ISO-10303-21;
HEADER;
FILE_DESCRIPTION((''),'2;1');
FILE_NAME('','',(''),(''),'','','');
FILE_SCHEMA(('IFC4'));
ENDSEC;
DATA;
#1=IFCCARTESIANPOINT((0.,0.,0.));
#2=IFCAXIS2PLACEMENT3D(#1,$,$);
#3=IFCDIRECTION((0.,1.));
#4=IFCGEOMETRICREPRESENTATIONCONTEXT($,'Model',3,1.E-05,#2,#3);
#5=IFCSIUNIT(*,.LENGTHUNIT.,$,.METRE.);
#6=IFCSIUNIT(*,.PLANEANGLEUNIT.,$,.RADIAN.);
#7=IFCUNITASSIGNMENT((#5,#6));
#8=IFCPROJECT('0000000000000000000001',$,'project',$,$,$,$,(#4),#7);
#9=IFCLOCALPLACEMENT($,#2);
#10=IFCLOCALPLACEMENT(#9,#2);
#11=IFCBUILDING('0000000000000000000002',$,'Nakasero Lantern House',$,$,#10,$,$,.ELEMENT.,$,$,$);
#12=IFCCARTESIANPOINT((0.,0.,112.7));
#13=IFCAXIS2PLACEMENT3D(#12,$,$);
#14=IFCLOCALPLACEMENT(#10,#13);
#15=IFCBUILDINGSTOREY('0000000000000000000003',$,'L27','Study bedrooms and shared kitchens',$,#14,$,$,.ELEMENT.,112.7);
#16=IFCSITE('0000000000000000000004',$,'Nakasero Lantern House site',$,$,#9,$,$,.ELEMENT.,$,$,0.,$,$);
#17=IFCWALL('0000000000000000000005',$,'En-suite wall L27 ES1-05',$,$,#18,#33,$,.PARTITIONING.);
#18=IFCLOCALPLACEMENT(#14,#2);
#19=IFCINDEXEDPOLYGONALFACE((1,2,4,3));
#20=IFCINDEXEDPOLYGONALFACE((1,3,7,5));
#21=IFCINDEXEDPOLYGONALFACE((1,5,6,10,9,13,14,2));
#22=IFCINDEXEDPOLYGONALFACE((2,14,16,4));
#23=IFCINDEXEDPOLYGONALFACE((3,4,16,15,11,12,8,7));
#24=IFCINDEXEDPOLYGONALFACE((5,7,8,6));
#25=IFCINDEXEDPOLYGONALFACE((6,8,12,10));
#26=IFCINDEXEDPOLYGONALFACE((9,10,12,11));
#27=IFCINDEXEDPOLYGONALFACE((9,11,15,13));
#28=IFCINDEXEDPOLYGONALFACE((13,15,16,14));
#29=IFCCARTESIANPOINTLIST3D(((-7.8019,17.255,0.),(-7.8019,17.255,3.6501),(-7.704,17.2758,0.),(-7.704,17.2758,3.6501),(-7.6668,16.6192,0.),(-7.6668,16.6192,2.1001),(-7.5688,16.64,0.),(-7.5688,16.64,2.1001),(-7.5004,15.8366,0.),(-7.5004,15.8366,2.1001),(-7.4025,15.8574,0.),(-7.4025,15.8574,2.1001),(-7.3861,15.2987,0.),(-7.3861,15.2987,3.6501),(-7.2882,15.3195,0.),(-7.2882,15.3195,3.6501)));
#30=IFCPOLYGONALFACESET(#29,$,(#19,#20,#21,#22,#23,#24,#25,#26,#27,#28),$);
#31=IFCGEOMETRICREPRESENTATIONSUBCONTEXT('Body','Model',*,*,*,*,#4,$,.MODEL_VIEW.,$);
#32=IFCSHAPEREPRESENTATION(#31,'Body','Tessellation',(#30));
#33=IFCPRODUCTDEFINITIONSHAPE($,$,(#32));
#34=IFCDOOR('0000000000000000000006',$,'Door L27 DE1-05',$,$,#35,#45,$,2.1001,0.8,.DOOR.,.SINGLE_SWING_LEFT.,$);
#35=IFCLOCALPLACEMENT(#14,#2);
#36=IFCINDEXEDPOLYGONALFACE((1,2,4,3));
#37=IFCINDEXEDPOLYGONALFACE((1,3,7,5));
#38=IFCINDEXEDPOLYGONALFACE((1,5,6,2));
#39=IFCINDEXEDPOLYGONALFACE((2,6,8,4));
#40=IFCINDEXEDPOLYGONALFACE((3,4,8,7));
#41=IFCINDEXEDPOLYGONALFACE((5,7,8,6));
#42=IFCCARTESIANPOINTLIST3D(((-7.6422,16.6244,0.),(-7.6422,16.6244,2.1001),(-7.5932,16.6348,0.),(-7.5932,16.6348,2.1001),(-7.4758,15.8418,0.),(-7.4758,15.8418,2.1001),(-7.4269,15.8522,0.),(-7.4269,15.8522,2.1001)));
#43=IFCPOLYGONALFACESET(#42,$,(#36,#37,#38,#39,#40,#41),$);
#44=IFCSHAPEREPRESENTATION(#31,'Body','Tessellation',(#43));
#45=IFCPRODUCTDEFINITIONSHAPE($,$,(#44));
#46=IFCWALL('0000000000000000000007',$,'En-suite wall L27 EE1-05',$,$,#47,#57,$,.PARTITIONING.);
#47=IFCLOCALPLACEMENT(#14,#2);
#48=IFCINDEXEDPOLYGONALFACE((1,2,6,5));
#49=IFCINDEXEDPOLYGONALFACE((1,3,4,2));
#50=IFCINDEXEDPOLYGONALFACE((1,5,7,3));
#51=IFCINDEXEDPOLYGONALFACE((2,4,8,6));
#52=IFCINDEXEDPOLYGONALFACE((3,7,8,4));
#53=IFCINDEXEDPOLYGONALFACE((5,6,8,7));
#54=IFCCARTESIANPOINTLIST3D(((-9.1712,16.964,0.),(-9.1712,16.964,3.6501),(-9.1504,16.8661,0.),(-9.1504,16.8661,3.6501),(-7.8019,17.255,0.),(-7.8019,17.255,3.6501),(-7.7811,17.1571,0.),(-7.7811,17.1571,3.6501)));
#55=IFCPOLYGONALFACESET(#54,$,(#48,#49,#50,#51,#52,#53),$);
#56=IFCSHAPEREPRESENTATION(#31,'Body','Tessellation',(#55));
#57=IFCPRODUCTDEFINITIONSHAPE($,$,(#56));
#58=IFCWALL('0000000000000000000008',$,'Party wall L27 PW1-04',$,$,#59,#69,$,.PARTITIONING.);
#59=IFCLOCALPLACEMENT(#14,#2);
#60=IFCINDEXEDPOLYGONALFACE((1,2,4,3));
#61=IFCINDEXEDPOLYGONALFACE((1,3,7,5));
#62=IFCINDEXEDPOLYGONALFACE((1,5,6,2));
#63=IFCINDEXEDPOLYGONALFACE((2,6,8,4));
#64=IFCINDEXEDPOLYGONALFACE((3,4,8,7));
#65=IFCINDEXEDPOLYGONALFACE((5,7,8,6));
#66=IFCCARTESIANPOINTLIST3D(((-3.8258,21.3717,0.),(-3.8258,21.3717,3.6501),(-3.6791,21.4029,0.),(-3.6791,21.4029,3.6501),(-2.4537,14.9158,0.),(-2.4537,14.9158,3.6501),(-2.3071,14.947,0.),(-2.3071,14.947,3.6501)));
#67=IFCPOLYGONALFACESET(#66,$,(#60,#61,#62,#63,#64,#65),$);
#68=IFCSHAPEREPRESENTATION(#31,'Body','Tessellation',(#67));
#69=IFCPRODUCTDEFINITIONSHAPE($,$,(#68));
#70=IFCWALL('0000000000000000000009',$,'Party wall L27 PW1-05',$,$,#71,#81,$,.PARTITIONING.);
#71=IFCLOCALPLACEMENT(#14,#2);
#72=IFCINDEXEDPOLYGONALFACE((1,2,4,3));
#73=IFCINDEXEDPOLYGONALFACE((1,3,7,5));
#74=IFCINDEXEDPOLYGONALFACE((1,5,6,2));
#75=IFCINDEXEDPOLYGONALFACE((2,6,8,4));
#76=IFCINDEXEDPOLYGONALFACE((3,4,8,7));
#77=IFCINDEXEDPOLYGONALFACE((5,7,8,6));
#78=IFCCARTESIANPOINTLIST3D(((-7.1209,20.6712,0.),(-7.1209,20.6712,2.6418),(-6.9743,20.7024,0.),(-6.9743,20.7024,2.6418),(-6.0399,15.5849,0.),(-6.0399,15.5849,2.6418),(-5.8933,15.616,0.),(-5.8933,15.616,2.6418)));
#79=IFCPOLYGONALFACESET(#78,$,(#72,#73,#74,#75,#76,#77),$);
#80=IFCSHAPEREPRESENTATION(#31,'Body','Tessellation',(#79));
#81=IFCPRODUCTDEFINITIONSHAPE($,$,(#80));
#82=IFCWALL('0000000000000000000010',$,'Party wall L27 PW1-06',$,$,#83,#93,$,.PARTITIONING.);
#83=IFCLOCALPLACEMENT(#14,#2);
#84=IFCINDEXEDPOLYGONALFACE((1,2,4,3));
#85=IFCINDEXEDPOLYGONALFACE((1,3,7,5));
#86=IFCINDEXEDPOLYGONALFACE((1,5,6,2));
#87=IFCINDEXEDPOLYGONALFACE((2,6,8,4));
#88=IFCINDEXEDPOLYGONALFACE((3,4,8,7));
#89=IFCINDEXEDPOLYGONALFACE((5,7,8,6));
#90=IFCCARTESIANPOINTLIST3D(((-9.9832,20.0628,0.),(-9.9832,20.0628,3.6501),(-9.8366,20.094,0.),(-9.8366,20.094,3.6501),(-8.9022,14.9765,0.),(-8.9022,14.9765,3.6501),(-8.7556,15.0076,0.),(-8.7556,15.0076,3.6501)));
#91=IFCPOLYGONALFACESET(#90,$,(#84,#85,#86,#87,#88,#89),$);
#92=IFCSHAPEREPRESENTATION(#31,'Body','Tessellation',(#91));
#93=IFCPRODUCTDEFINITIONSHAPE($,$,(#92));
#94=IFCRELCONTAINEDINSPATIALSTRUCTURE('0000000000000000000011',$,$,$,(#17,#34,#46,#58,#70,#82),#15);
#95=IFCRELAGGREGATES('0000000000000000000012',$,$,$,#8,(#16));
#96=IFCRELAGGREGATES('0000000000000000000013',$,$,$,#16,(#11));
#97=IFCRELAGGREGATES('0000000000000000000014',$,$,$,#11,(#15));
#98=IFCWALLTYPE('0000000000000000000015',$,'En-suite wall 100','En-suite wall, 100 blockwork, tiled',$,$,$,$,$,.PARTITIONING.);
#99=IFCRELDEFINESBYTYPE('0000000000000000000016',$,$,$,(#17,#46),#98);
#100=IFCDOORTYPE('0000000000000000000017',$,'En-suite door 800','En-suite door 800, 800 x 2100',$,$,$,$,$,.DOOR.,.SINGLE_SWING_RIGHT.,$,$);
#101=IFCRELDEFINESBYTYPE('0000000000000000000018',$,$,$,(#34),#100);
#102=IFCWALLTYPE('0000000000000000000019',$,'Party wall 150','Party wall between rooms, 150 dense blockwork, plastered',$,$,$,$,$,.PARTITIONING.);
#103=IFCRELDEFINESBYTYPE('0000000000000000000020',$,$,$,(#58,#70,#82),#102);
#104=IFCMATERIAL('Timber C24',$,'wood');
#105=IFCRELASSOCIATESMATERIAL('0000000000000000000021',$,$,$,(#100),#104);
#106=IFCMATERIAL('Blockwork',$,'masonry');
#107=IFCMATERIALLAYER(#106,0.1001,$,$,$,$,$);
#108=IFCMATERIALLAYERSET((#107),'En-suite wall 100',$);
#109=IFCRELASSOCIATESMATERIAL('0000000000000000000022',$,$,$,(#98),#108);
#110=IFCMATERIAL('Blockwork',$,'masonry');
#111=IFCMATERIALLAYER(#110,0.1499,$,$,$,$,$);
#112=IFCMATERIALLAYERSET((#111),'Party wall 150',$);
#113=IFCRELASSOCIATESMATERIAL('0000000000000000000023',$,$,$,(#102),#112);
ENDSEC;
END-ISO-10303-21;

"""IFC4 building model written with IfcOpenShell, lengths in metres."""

from ifc_helpers import new_model, si_unit, direction, frame, frame_2d, origin, place, context, subcontext, project, spatial, rectangle, extrude, material, layer, layer_set, type_object, element, fill, save


model = new_model("IFC4")

# Units and contexts
model_context = context("Model", 3, precision=1e-05, world=origin(), true_north=direction((0.0, 1.0)))
body_context = subcontext(model_context, "Body", "Model", "MODEL_VIEW")
ifc_project = project(units=[si_unit("LENGTHUNIT", "METRE"), si_unit("PLANEANGLEUNIT", "RADIAN")], contexts=[model_context])

# Site, building, storey
site_placement = place(None, origin())
site = spatial("IfcSite", under=ifc_project, at=site_placement, Name="Nakasero Lantern House site", CompositionType="ELEMENT", RefElevation=0.0)
building_placement = place(site_placement, origin())
building = spatial("IfcBuilding", under=site, at=building_placement, Name="Nakasero Lantern House", CompositionType="ELEMENT")
storey_placement = place(building_placement, frame((0.0, 0.0, 112.7)))
storey = spatial("IfcBuildingStorey", under=building, at=storey_placement, Name="L27", Description="Study bedrooms and shared kitchens", CompositionType="ELEMENT", Elevation=112.7)

# Shared definitions
ifc_material_1 = material(Name="Timber C24", Category="wood")
door_type_1 = type_object("IfcDoorType", Name="En-suite door 800", Description="En-suite door 800, 800 x 2100", OperationType="SINGLE_SWING_RIGHT", PredefinedType="DOOR", material=ifc_material_1)

# Shared definitions
ifc_material_2 = material(Name="Blockwork", Category="masonry")
ifc_layer_1 = layer(ifc_material_2, 0.1001)
ifc_layer_set_1 = layer_set([ifc_layer_1], Name="En-suite wall 100")
wall_type_1 = type_object("IfcWallType", Name="En-suite wall 100", Description="En-suite wall, 100 blockwork, tiled", PredefinedType="PARTITIONING", material=ifc_layer_set_1)

# Wall, opening, door
wall_1_placement = place(storey_placement, frame((-7.3372, 15.3091, 0.0), z_axis=(0.0, 0.0, 1.0), x_axis=(-0.207886, 0.978153, 0.0)))
wall_1 = element("IfcWall", 1, at=wall_1_placement, inside=storey, type_object=wall_type_1, Name="En-suite wall L27 ES1-05", PredefinedType="PARTITIONING", context=body_context, shape_type="SweptSolid", body=[
    extrude(rectangle(XDim=2.0, YDim=0.1001, at=frame_2d((1.0, 0.0))), origin(), (0.0, 0.0, 1.0), 3.6501),
])
opening_1_placement = place(wall_1_placement, frame((0.55, 0.0, 0.0)))
opening_1 = element("IfcOpeningElement", 2, at=opening_1_placement, cuts=wall_1, PredefinedType="OPENING", context=body_context, shape_type="SweptSolid", body=[
    extrude(rectangle(XDim=0.8, YDim=2.1001, at=frame_2d((0.3999, 1.05))), frame((0.0, 0.0701, 0.0), z_axis=(0.0, -1.0, 0.0), x_axis=(1.0, 0.0, 0.0)), (0.0, 0.0, 1.0), 0.1401),
])
door_1_placement = place(opening_1_placement, origin())
door_1 = element("IfcDoor", 3, at=door_1_placement, inside=storey, type_object=door_type_1, Name="Door L27 DE1-05", OperationType="SINGLE_SWING_LEFT", OverallHeight=2.1001, OverallWidth=0.8, PredefinedType="DOOR", context=body_context, shape_type="SweptSolid", body=[
    extrude(rectangle(XDim=0.8, YDim=2.1001, at=frame_2d((0.3999, 1.05))), frame((0.0, 0.0249, 0.0), z_axis=(0.0, -1.0, 0.0), x_axis=(1.0, 0.0, 0.0)), (0.0, 0.0, 1.0), 0.05),
])
fill(opening_1, door_1)

# Walls
wall_2_placement = place(storey_placement, frame((-7.7915, 17.2061, 0.0), z_axis=(0.0, 0.0, 1.0), x_axis=(-0.978156, -0.207873, 0.0)))
element("IfcWall", 4, at=wall_2_placement, inside=storey, type_object=wall_type_1, Name="En-suite wall L27 EE1-05", PredefinedType="PARTITIONING", context=body_context, shape_type="SweptSolid", body=[
    extrude(rectangle(XDim=1.3999, YDim=0.1001, at=frame_2d((0.7, 0.0))), origin(), (0.0, 0.0, 1.0), 3.6501),
])
ifc_material_3 = material(Name="Blockwork", Category="masonry")
ifc_layer_2 = layer(ifc_material_3, 0.1499)
ifc_layer_set_2 = layer_set([ifc_layer_2], Name="Party wall 150")
wall_type_2 = type_object("IfcWallType", Name="Party wall 150", Description="Party wall between rooms, 150 dense blockwork, plastered", PredefinedType="PARTITIONING", material=ifc_layer_set_2)
wall_3_placement = place(storey_placement, frame((-2.3804, 14.9314, 0.0), z_axis=(0.0, 0.0, 1.0), x_axis=(-0.207889, 0.978152, 0.0)))
element("IfcWall", 5, at=wall_3_placement, inside=storey, type_object=wall_type_2, Name="Party wall L27 PW1-04", PredefinedType="PARTITIONING", context=body_context, shape_type="SweptSolid", body=[
    extrude(rectangle(XDim=6.6001, YDim=0.1499, at=frame_2d((3.3, 0.0))), origin(), (0.0, 0.0, 1.0), 3.6501),
])
wall_4_placement = place(storey_placement, frame((-5.9666, 15.6003, 0.0), z_axis=(0.0, 0.0, 1.0), x_axis=(-0.207894, 0.978151, 0.0)))
element("IfcWall", 6, at=wall_4_placement, inside=storey, type_object=wall_type_2, Name="Party wall L27 PW1-05", PredefinedType="PARTITIONING", context=body_context, shape_type="SweptSolid", body=[
    extrude(rectangle(XDim=5.2, YDim=0.1499, at=frame_2d((2.6001, 0.0))), origin(), (0.0, 0.0, 1.0), 2.6418),
])
wall_5_placement = place(storey_placement, frame((-8.8289, 14.9919, 0.0), z_axis=(0.0, 0.0, 1.0), x_axis=(-0.207894, 0.978151, 0.0)))
element("IfcWall", 7, at=wall_5_placement, inside=storey, type_object=wall_type_2, Name="Party wall L27 PW1-06", PredefinedType="PARTITIONING", context=body_context, shape_type="SweptSolid", body=[
    extrude(rectangle(XDim=5.2, YDim=0.1499, at=frame_2d((2.6001, 0.0))), origin(), (0.0, 0.0, 1.0), 3.6501),
])

save(model, "model.ifc")
